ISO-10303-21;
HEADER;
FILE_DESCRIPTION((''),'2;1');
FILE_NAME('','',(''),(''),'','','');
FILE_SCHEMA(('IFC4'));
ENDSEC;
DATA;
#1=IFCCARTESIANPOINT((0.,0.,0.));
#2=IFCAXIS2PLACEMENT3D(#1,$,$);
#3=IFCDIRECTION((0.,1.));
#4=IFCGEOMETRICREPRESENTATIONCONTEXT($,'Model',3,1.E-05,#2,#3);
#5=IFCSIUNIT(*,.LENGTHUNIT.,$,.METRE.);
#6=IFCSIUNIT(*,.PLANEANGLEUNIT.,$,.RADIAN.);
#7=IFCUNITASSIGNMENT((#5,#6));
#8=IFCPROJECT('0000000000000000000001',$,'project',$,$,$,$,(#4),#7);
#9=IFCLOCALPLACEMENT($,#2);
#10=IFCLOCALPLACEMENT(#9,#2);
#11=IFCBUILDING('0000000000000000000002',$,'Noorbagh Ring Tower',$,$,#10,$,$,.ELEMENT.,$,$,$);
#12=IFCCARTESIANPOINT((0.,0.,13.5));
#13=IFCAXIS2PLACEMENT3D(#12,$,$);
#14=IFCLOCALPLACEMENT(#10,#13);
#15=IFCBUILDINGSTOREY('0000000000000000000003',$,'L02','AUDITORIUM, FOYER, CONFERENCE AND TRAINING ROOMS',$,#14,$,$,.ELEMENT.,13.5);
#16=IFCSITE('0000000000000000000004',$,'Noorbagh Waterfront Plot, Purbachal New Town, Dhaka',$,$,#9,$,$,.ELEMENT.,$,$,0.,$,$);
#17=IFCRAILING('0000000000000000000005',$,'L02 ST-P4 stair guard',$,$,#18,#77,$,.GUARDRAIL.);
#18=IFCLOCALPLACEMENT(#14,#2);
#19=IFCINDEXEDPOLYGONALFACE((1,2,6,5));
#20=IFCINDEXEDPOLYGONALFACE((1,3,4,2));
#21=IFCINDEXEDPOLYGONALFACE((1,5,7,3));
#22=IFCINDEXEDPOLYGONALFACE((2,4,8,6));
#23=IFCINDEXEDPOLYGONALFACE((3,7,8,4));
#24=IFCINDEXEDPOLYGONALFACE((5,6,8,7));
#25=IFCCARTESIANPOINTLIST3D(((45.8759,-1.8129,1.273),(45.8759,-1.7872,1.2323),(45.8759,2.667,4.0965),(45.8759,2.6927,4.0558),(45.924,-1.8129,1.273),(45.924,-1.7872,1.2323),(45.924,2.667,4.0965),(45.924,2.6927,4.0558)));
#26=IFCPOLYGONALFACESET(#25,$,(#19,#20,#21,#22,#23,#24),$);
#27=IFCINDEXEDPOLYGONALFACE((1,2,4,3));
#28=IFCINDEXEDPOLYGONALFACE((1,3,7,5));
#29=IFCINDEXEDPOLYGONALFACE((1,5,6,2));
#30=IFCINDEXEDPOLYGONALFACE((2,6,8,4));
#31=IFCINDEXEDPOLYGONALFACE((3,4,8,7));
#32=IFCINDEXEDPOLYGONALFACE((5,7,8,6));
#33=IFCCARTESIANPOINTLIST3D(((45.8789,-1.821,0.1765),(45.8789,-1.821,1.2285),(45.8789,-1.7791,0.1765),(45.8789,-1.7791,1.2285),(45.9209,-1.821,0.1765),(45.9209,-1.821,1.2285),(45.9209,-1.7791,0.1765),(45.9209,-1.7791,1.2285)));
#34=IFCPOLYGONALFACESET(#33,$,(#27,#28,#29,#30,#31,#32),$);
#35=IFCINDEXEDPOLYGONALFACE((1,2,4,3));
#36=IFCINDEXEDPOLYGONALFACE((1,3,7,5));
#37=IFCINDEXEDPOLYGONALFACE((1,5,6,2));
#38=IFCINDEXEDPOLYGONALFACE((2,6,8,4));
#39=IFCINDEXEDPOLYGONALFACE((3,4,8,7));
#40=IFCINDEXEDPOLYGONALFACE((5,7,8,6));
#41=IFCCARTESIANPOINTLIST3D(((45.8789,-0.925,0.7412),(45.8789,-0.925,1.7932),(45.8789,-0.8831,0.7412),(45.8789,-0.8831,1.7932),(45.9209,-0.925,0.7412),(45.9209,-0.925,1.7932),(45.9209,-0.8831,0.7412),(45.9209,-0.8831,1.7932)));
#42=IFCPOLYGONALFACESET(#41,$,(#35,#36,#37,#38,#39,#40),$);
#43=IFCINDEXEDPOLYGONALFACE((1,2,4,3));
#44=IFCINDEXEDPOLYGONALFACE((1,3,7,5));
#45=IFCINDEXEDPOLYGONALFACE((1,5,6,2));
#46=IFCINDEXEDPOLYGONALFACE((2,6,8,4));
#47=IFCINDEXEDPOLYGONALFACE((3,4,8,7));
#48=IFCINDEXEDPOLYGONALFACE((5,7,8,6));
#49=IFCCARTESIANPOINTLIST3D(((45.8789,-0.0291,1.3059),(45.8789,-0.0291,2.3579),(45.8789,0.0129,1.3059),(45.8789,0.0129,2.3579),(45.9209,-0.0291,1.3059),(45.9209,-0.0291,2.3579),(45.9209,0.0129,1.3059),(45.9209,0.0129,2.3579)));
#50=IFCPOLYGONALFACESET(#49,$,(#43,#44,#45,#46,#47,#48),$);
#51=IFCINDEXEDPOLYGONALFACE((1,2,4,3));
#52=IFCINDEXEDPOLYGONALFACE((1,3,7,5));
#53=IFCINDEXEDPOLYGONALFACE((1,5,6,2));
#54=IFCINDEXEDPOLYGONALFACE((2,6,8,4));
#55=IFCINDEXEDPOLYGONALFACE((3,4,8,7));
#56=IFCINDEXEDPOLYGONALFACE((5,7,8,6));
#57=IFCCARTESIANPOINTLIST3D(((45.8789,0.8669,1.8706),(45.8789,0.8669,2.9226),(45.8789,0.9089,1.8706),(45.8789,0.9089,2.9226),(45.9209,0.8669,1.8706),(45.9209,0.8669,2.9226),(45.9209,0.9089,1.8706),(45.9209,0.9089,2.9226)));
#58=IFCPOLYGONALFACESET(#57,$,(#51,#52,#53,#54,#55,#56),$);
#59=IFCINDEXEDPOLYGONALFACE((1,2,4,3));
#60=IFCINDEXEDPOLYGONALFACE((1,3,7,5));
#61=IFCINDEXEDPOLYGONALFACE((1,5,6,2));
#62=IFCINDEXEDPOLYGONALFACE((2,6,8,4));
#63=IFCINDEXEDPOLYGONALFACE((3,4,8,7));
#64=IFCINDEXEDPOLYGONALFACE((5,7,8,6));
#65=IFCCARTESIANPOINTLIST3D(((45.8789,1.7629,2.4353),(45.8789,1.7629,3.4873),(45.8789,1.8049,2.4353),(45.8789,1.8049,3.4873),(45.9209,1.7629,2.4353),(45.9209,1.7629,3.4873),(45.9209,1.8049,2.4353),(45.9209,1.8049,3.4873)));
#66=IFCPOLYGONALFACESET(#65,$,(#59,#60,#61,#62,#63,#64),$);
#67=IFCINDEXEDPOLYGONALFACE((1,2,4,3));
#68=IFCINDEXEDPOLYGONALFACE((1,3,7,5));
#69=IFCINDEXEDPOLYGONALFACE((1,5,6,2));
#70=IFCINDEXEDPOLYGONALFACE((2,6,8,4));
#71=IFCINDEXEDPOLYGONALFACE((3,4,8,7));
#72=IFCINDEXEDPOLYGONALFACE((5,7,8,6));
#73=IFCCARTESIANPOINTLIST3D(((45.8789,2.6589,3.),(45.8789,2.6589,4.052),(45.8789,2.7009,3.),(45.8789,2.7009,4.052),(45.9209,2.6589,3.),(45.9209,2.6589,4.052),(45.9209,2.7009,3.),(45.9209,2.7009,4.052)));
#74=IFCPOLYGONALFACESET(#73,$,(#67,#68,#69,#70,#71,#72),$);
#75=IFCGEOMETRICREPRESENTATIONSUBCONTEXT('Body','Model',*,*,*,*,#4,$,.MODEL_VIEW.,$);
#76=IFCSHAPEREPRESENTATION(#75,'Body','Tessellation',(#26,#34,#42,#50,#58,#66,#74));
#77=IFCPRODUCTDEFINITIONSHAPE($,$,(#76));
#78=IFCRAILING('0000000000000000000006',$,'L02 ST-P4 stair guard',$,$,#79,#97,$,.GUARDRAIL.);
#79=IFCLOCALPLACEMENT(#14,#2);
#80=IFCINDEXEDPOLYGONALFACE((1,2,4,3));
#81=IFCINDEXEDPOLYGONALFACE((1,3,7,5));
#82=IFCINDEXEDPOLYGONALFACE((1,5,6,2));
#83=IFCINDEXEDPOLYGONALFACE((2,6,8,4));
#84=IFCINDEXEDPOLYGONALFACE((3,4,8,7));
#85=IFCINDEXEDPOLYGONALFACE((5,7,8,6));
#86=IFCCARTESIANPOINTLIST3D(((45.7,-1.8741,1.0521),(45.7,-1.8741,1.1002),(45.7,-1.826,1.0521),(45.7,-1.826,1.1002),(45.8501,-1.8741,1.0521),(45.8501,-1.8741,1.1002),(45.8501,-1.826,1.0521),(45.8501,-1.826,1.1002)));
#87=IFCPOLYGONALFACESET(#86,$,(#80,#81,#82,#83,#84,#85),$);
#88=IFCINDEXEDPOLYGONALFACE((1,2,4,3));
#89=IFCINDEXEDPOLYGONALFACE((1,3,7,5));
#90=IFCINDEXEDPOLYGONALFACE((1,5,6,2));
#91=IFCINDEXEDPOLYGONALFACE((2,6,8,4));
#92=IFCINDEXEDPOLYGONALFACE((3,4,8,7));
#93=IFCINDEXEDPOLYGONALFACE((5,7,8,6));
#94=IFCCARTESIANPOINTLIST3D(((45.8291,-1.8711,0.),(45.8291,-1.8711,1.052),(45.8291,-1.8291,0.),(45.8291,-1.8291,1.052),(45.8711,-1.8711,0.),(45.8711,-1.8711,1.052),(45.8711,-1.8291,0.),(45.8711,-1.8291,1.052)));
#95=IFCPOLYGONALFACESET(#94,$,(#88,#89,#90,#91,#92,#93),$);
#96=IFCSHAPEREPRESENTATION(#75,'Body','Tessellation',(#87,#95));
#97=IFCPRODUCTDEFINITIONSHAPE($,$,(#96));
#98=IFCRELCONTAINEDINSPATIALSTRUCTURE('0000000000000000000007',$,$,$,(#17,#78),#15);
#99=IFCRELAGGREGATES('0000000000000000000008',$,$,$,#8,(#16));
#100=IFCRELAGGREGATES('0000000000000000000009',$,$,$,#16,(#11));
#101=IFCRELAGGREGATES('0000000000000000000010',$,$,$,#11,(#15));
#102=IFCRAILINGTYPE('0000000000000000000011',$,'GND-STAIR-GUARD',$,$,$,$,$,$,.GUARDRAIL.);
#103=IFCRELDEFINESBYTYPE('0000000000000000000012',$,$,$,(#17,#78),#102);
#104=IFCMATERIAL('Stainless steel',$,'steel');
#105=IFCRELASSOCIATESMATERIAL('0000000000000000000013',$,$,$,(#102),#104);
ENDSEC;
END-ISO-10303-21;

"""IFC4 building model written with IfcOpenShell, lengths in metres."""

from ifc_helpers import new_model, si_unit, direction, frame, origin, origin_2d, place, context, subcontext, project, spatial, rectangle, extrude, material, type_object, element, save


model = new_model("IFC4")

# Units and contexts
model_context = context("Model", 3, precision=1e-05, world=origin(), true_north=direction((0.0, 1.0)))
body_context = subcontext(model_context, "Body", "Model", "MODEL_VIEW")
ifc_project = project(units=[si_unit("LENGTHUNIT", "METRE"), si_unit("PLANEANGLEUNIT", "RADIAN")], contexts=[model_context])

# Site, building, storey
site_placement = place(None, origin())
site = spatial("IfcSite", under=ifc_project, at=site_placement, Name="Noorbagh Waterfront Plot, Purbachal New Town, Dhaka", CompositionType="ELEMENT", RefElevation=0.0)
building_placement = place(site_placement, origin())
building = spatial("IfcBuilding", under=site, at=building_placement, Name="Noorbagh Ring Tower", CompositionType="ELEMENT")
storey_placement = place(building_placement, frame((0.0, 0.0, 13.5)))
storey = spatial("IfcBuildingStorey", under=building, at=storey_placement, Name="L02", Description="AUDITORIUM, FOYER, CONFERENCE AND TRAINING ROOMS", CompositionType="ELEMENT", Elevation=13.5)

# Railings
ifc_material_1 = material(Name="Stainless steel", Category="steel")
railing_type_1 = type_object("IfcRailingType", Name="GND-STAIR-GUARD", PredefinedType="GUARDRAIL", material=ifc_material_1)
railing_1_placement = place(storey_placement, frame((45.8999, -1.8, 0.1765)))
element("IfcRailing", 1, at=railing_1_placement, inside=storey, type_object=railing_type_1, Name="L02 ST-P4 stair guard", PredefinedType="GUARDRAIL", context=body_context, shape_type="SweptSolid", body=[
    extrude(rectangle(XDim=0.0481, YDim=0.0481, at=origin_2d()), frame((0.0, 0.0, 1.0762), z_axis=(0.0, 0.845998, 0.533186), x_axis=(-1.0, 0.0, 0.0)), (0.0, 0.0, 1.0), 5.2954),
    extrude(rectangle(XDim=0.042, YDim=0.042, at=origin_2d()), origin(), (0.0, 0.0, 1.0), 1.052),
    extrude(rectangle(XDim=0.042, YDim=0.042, at=origin_2d()), frame((0.0, 0.896, 0.5647)), (0.0, 0.0, 1.0), 1.052),
    extrude(rectangle(XDim=0.042, YDim=0.042, at=origin_2d()), frame((0.0, 1.792, 1.1294)), (0.0, 0.0, 1.0), 1.052),
    extrude(rectangle(XDim=0.042, YDim=0.042, at=origin_2d()), frame((0.0, 2.688, 1.6941)), (0.0, 0.0, 1.0), 1.052),
    extrude(rectangle(XDim=0.042, YDim=0.042, at=origin_2d()), frame((0.0, 3.584, 2.2588)), (0.0, 0.0, 1.0), 1.052),
    extrude(rectangle(XDim=0.042, YDim=0.042, at=origin_2d()), frame((0.0, 4.48, 2.8235)), (0.0, 0.0, 1.0), 1.052),
])
railing_2_placement = place(storey_placement, frame((45.8501, -1.8501, 0.0)))
element("IfcRailing", 2, at=railing_2_placement, inside=storey, type_object=railing_type_1, Name="L02 ST-P4 stair guard", PredefinedType="GUARDRAIL", context=body_context, shape_type="SweptSolid", body=[
    extrude(rectangle(XDim=0.0481, YDim=0.0481, at=origin_2d()), frame((0.0, 0.0, 1.0762), z_axis=(-1.0, 0.0, 0.0), x_axis=(0.0, -1.0, 0.0)), (0.0, 0.0, 1.0), 0.1501),
    extrude(rectangle(XDim=0.042, YDim=0.042, at=origin_2d()), origin(), (0.0, 0.0, 1.0), 1.052),
])

save(model, "model.ifc")
